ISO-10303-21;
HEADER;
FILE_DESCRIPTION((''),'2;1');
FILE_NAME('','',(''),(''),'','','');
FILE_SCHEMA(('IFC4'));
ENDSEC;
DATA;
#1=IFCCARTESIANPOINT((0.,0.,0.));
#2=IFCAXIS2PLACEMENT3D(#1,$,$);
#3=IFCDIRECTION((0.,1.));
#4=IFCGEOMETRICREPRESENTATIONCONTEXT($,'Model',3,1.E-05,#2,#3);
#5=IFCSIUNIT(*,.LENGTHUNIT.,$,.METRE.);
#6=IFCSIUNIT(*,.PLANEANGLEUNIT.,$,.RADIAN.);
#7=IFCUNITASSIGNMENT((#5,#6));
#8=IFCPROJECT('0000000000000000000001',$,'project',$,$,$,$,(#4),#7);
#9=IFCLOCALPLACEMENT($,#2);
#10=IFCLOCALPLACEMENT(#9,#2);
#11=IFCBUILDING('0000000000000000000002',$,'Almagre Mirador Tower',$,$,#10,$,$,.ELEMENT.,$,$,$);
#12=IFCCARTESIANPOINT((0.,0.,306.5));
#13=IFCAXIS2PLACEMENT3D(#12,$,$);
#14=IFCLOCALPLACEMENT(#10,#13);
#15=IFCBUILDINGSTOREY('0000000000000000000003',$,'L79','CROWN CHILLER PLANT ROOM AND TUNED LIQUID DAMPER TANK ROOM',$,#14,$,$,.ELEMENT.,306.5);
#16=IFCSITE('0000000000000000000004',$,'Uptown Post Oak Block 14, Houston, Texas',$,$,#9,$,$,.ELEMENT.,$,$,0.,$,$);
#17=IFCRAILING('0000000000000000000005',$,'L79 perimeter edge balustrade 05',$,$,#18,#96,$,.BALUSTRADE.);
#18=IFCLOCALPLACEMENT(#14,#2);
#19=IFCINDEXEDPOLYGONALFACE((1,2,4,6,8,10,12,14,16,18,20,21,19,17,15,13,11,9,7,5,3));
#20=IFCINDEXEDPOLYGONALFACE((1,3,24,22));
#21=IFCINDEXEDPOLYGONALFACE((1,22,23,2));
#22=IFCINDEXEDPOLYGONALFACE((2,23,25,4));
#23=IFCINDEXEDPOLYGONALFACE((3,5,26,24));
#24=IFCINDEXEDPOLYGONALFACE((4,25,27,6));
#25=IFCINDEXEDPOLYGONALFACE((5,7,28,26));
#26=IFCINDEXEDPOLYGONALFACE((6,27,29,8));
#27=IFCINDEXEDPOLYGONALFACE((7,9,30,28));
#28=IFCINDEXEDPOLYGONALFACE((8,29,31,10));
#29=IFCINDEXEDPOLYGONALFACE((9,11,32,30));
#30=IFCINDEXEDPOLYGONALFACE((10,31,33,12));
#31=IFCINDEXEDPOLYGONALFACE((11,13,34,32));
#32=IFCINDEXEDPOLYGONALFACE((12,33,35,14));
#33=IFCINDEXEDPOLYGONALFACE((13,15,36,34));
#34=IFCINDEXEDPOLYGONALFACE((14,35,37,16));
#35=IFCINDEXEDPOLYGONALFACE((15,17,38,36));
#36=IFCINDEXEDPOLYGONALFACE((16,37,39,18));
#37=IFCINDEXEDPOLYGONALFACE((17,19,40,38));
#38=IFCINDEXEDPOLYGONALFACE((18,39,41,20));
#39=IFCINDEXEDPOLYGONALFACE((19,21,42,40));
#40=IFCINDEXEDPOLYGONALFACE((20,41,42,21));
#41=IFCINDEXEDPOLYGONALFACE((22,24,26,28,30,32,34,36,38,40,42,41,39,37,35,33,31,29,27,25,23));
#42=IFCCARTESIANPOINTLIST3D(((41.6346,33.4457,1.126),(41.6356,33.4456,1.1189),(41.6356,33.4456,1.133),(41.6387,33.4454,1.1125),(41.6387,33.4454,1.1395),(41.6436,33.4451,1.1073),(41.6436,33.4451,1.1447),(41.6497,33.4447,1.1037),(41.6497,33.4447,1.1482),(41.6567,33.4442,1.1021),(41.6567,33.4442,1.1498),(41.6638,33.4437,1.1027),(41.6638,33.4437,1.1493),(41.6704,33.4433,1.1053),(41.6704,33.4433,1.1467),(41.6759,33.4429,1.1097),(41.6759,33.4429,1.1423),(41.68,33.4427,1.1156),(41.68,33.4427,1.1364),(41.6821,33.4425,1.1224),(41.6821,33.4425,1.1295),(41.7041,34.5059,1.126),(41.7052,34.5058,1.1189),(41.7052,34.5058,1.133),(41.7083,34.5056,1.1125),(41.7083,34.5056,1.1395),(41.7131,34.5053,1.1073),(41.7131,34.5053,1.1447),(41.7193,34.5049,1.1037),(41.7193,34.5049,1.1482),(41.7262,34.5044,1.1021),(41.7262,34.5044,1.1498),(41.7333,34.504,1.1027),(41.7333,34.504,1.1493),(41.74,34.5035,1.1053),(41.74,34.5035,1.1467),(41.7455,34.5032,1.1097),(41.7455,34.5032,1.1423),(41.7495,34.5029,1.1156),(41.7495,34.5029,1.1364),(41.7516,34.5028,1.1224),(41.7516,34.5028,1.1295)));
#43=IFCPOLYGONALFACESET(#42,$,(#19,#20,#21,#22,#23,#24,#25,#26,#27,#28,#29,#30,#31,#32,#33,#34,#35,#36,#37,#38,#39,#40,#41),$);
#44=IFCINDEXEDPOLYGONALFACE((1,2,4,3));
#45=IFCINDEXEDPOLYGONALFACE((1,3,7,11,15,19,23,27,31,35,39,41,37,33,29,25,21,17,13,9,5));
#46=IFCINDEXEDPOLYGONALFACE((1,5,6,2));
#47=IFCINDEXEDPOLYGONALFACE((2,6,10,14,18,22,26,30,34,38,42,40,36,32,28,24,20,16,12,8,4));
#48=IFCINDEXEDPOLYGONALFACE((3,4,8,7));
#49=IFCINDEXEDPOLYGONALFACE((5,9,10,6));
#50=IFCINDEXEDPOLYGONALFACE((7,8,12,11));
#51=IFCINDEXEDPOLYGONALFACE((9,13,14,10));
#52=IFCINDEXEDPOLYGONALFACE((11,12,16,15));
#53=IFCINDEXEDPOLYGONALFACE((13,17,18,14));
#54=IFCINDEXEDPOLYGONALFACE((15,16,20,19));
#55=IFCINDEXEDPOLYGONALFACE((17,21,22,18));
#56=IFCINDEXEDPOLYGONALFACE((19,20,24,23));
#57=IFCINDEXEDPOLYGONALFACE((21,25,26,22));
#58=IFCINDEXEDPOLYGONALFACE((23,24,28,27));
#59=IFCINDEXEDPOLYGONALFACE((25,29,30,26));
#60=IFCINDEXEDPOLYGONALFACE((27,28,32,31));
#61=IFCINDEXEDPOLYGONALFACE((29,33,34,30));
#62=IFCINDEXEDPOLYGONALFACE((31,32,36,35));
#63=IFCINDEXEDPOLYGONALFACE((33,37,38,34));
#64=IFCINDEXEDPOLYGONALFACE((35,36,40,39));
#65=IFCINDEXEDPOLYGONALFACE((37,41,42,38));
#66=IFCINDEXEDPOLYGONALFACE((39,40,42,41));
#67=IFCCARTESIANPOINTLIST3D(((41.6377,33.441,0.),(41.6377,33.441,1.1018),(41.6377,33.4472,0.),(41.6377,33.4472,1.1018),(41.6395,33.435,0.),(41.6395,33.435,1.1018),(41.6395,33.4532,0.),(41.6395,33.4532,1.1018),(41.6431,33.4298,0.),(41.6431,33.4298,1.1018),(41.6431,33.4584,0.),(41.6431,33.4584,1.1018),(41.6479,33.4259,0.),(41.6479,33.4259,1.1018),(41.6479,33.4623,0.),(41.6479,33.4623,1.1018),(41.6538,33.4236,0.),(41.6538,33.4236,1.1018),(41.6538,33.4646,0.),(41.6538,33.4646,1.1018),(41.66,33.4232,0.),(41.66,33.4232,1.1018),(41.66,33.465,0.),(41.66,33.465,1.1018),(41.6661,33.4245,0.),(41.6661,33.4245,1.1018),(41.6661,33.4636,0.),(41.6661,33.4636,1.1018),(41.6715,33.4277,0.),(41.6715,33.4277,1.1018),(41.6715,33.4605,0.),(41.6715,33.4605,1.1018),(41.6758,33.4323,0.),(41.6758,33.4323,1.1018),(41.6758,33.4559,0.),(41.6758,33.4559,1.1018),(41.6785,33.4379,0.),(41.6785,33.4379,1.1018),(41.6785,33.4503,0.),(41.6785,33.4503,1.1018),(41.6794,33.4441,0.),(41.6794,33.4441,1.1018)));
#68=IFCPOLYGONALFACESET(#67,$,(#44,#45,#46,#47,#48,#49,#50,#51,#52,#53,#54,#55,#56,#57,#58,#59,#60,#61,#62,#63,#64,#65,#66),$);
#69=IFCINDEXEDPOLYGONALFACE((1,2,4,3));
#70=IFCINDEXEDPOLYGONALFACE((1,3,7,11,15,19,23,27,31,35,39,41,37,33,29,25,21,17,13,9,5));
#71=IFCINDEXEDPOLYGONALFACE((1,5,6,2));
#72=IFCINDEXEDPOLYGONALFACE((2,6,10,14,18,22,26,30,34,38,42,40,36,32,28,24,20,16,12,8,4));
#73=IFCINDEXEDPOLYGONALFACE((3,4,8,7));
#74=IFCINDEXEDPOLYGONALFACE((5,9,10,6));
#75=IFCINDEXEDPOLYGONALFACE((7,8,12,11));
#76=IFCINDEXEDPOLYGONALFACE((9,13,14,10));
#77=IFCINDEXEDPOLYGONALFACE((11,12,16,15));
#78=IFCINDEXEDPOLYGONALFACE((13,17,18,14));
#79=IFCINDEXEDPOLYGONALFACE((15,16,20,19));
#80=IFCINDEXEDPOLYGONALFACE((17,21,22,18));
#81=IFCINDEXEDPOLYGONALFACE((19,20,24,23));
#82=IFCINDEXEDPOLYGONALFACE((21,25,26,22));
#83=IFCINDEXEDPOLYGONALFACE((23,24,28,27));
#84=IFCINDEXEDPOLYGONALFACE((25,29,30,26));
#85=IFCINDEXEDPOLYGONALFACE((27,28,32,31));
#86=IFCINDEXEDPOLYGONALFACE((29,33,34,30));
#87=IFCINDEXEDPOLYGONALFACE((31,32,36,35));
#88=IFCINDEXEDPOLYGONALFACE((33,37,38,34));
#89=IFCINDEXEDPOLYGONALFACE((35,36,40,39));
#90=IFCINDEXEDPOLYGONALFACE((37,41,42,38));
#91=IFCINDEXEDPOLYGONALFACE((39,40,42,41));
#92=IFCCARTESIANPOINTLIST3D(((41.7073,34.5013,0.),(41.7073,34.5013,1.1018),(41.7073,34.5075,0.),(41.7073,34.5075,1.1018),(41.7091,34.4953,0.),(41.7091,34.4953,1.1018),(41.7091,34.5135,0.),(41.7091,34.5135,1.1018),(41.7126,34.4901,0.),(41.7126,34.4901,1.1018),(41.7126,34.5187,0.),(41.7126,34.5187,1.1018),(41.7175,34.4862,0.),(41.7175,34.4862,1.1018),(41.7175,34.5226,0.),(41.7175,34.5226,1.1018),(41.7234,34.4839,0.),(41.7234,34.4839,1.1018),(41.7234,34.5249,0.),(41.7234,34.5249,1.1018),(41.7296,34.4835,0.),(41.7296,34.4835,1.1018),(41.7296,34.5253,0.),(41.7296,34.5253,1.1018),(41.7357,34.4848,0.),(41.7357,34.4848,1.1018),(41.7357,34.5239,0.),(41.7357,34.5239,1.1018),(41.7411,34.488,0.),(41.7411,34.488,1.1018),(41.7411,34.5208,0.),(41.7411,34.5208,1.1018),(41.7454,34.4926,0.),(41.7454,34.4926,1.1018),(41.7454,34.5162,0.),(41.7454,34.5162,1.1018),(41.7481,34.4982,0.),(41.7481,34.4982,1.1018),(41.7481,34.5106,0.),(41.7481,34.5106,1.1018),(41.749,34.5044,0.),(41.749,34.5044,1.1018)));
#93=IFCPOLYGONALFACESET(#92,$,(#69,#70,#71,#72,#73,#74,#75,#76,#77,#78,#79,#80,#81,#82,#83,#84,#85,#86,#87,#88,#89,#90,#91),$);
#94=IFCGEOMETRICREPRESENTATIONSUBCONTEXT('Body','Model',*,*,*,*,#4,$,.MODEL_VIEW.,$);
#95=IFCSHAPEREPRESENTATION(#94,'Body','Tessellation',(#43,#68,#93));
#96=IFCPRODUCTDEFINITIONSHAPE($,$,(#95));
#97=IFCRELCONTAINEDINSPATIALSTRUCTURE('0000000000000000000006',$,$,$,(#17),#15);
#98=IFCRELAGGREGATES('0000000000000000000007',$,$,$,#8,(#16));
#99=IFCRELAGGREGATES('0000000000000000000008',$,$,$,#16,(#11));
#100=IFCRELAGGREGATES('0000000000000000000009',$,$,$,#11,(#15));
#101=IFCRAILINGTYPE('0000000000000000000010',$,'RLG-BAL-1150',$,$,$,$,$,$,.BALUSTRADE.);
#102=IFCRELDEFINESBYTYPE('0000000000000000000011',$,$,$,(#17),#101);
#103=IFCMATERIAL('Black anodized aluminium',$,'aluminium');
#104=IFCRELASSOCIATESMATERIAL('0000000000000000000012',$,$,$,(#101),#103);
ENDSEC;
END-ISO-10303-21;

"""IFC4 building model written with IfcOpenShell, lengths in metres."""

from ifc_helpers import new_model, si_unit, direction, frame, origin, origin_2d, place, context, subcontext, project, spatial, circle, extrude, material, type_object, element, save


model = new_model("IFC4")

# Units and contexts
model_context = context("Model", 3, precision=1e-05, world=origin(), true_north=direction((0.0, 1.0)))
body_context = subcontext(model_context, "Body", "Model", "MODEL_VIEW")
ifc_project = project(units=[si_unit("LENGTHUNIT", "METRE"), si_unit("PLANEANGLEUNIT", "RADIAN")], contexts=[model_context])

# Site, building, storey
site_placement = place(None, origin())
site = spatial("IfcSite", under=ifc_project, at=site_placement, Name="Uptown Post Oak Block 14, Houston, Texas", CompositionType="ELEMENT", RefElevation=0.0)
building_placement = place(site_placement, origin())
building = spatial("IfcBuilding", under=site, at=building_placement, Name="Almagre Mirador Tower", CompositionType="ELEMENT")
storey_placement = place(building_placement, frame((0.0, 0.0, 306.5)))
storey = spatial("IfcBuildingStorey", under=building, at=storey_placement, Name="L79", Description="CROWN CHILLER PLANT ROOM AND TUNED LIQUID DAMPER TANK ROOM", CompositionType="ELEMENT", Elevation=306.5)

# Railing
ifc_material_1 = material(Name="Black anodized aluminium", Category="aluminium")
railing_type = type_object("IfcRailingType", Name="RLG-BAL-1150", PredefinedType="BALUSTRADE", material=ifc_material_1)
railing_1_placement = place(storey_placement, frame((41.6584, 33.4441, 0.0)))
element("IfcRailing", 1, at=railing_1_placement, inside=storey, type_object=railing_type, Name="L79 perimeter edge balustrade 05", PredefinedType="BALUSTRADE", context=body_context, shape_type="SweptSolid", body=[
    extrude(circle(Radius=0.0239, at=origin_2d()), frame((0.0, 0.0, 1.126), z_axis=(0.065482, 0.997854, 0.0), x_axis=(-0.997854, 0.065482, 0.0)), (0.0, 0.0, 1.0), 1.0625),
    extrude(circle(Radius=0.021, at=origin_2d()), origin(), (0.0, 0.0, 1.0), 1.1018),
    extrude(circle(Radius=0.021, at=origin_2d()), frame((0.0696, 1.0603, 0.0)), (0.0, 0.0, 1.0), 1.1018),
])

save(model, "model.ifc")
